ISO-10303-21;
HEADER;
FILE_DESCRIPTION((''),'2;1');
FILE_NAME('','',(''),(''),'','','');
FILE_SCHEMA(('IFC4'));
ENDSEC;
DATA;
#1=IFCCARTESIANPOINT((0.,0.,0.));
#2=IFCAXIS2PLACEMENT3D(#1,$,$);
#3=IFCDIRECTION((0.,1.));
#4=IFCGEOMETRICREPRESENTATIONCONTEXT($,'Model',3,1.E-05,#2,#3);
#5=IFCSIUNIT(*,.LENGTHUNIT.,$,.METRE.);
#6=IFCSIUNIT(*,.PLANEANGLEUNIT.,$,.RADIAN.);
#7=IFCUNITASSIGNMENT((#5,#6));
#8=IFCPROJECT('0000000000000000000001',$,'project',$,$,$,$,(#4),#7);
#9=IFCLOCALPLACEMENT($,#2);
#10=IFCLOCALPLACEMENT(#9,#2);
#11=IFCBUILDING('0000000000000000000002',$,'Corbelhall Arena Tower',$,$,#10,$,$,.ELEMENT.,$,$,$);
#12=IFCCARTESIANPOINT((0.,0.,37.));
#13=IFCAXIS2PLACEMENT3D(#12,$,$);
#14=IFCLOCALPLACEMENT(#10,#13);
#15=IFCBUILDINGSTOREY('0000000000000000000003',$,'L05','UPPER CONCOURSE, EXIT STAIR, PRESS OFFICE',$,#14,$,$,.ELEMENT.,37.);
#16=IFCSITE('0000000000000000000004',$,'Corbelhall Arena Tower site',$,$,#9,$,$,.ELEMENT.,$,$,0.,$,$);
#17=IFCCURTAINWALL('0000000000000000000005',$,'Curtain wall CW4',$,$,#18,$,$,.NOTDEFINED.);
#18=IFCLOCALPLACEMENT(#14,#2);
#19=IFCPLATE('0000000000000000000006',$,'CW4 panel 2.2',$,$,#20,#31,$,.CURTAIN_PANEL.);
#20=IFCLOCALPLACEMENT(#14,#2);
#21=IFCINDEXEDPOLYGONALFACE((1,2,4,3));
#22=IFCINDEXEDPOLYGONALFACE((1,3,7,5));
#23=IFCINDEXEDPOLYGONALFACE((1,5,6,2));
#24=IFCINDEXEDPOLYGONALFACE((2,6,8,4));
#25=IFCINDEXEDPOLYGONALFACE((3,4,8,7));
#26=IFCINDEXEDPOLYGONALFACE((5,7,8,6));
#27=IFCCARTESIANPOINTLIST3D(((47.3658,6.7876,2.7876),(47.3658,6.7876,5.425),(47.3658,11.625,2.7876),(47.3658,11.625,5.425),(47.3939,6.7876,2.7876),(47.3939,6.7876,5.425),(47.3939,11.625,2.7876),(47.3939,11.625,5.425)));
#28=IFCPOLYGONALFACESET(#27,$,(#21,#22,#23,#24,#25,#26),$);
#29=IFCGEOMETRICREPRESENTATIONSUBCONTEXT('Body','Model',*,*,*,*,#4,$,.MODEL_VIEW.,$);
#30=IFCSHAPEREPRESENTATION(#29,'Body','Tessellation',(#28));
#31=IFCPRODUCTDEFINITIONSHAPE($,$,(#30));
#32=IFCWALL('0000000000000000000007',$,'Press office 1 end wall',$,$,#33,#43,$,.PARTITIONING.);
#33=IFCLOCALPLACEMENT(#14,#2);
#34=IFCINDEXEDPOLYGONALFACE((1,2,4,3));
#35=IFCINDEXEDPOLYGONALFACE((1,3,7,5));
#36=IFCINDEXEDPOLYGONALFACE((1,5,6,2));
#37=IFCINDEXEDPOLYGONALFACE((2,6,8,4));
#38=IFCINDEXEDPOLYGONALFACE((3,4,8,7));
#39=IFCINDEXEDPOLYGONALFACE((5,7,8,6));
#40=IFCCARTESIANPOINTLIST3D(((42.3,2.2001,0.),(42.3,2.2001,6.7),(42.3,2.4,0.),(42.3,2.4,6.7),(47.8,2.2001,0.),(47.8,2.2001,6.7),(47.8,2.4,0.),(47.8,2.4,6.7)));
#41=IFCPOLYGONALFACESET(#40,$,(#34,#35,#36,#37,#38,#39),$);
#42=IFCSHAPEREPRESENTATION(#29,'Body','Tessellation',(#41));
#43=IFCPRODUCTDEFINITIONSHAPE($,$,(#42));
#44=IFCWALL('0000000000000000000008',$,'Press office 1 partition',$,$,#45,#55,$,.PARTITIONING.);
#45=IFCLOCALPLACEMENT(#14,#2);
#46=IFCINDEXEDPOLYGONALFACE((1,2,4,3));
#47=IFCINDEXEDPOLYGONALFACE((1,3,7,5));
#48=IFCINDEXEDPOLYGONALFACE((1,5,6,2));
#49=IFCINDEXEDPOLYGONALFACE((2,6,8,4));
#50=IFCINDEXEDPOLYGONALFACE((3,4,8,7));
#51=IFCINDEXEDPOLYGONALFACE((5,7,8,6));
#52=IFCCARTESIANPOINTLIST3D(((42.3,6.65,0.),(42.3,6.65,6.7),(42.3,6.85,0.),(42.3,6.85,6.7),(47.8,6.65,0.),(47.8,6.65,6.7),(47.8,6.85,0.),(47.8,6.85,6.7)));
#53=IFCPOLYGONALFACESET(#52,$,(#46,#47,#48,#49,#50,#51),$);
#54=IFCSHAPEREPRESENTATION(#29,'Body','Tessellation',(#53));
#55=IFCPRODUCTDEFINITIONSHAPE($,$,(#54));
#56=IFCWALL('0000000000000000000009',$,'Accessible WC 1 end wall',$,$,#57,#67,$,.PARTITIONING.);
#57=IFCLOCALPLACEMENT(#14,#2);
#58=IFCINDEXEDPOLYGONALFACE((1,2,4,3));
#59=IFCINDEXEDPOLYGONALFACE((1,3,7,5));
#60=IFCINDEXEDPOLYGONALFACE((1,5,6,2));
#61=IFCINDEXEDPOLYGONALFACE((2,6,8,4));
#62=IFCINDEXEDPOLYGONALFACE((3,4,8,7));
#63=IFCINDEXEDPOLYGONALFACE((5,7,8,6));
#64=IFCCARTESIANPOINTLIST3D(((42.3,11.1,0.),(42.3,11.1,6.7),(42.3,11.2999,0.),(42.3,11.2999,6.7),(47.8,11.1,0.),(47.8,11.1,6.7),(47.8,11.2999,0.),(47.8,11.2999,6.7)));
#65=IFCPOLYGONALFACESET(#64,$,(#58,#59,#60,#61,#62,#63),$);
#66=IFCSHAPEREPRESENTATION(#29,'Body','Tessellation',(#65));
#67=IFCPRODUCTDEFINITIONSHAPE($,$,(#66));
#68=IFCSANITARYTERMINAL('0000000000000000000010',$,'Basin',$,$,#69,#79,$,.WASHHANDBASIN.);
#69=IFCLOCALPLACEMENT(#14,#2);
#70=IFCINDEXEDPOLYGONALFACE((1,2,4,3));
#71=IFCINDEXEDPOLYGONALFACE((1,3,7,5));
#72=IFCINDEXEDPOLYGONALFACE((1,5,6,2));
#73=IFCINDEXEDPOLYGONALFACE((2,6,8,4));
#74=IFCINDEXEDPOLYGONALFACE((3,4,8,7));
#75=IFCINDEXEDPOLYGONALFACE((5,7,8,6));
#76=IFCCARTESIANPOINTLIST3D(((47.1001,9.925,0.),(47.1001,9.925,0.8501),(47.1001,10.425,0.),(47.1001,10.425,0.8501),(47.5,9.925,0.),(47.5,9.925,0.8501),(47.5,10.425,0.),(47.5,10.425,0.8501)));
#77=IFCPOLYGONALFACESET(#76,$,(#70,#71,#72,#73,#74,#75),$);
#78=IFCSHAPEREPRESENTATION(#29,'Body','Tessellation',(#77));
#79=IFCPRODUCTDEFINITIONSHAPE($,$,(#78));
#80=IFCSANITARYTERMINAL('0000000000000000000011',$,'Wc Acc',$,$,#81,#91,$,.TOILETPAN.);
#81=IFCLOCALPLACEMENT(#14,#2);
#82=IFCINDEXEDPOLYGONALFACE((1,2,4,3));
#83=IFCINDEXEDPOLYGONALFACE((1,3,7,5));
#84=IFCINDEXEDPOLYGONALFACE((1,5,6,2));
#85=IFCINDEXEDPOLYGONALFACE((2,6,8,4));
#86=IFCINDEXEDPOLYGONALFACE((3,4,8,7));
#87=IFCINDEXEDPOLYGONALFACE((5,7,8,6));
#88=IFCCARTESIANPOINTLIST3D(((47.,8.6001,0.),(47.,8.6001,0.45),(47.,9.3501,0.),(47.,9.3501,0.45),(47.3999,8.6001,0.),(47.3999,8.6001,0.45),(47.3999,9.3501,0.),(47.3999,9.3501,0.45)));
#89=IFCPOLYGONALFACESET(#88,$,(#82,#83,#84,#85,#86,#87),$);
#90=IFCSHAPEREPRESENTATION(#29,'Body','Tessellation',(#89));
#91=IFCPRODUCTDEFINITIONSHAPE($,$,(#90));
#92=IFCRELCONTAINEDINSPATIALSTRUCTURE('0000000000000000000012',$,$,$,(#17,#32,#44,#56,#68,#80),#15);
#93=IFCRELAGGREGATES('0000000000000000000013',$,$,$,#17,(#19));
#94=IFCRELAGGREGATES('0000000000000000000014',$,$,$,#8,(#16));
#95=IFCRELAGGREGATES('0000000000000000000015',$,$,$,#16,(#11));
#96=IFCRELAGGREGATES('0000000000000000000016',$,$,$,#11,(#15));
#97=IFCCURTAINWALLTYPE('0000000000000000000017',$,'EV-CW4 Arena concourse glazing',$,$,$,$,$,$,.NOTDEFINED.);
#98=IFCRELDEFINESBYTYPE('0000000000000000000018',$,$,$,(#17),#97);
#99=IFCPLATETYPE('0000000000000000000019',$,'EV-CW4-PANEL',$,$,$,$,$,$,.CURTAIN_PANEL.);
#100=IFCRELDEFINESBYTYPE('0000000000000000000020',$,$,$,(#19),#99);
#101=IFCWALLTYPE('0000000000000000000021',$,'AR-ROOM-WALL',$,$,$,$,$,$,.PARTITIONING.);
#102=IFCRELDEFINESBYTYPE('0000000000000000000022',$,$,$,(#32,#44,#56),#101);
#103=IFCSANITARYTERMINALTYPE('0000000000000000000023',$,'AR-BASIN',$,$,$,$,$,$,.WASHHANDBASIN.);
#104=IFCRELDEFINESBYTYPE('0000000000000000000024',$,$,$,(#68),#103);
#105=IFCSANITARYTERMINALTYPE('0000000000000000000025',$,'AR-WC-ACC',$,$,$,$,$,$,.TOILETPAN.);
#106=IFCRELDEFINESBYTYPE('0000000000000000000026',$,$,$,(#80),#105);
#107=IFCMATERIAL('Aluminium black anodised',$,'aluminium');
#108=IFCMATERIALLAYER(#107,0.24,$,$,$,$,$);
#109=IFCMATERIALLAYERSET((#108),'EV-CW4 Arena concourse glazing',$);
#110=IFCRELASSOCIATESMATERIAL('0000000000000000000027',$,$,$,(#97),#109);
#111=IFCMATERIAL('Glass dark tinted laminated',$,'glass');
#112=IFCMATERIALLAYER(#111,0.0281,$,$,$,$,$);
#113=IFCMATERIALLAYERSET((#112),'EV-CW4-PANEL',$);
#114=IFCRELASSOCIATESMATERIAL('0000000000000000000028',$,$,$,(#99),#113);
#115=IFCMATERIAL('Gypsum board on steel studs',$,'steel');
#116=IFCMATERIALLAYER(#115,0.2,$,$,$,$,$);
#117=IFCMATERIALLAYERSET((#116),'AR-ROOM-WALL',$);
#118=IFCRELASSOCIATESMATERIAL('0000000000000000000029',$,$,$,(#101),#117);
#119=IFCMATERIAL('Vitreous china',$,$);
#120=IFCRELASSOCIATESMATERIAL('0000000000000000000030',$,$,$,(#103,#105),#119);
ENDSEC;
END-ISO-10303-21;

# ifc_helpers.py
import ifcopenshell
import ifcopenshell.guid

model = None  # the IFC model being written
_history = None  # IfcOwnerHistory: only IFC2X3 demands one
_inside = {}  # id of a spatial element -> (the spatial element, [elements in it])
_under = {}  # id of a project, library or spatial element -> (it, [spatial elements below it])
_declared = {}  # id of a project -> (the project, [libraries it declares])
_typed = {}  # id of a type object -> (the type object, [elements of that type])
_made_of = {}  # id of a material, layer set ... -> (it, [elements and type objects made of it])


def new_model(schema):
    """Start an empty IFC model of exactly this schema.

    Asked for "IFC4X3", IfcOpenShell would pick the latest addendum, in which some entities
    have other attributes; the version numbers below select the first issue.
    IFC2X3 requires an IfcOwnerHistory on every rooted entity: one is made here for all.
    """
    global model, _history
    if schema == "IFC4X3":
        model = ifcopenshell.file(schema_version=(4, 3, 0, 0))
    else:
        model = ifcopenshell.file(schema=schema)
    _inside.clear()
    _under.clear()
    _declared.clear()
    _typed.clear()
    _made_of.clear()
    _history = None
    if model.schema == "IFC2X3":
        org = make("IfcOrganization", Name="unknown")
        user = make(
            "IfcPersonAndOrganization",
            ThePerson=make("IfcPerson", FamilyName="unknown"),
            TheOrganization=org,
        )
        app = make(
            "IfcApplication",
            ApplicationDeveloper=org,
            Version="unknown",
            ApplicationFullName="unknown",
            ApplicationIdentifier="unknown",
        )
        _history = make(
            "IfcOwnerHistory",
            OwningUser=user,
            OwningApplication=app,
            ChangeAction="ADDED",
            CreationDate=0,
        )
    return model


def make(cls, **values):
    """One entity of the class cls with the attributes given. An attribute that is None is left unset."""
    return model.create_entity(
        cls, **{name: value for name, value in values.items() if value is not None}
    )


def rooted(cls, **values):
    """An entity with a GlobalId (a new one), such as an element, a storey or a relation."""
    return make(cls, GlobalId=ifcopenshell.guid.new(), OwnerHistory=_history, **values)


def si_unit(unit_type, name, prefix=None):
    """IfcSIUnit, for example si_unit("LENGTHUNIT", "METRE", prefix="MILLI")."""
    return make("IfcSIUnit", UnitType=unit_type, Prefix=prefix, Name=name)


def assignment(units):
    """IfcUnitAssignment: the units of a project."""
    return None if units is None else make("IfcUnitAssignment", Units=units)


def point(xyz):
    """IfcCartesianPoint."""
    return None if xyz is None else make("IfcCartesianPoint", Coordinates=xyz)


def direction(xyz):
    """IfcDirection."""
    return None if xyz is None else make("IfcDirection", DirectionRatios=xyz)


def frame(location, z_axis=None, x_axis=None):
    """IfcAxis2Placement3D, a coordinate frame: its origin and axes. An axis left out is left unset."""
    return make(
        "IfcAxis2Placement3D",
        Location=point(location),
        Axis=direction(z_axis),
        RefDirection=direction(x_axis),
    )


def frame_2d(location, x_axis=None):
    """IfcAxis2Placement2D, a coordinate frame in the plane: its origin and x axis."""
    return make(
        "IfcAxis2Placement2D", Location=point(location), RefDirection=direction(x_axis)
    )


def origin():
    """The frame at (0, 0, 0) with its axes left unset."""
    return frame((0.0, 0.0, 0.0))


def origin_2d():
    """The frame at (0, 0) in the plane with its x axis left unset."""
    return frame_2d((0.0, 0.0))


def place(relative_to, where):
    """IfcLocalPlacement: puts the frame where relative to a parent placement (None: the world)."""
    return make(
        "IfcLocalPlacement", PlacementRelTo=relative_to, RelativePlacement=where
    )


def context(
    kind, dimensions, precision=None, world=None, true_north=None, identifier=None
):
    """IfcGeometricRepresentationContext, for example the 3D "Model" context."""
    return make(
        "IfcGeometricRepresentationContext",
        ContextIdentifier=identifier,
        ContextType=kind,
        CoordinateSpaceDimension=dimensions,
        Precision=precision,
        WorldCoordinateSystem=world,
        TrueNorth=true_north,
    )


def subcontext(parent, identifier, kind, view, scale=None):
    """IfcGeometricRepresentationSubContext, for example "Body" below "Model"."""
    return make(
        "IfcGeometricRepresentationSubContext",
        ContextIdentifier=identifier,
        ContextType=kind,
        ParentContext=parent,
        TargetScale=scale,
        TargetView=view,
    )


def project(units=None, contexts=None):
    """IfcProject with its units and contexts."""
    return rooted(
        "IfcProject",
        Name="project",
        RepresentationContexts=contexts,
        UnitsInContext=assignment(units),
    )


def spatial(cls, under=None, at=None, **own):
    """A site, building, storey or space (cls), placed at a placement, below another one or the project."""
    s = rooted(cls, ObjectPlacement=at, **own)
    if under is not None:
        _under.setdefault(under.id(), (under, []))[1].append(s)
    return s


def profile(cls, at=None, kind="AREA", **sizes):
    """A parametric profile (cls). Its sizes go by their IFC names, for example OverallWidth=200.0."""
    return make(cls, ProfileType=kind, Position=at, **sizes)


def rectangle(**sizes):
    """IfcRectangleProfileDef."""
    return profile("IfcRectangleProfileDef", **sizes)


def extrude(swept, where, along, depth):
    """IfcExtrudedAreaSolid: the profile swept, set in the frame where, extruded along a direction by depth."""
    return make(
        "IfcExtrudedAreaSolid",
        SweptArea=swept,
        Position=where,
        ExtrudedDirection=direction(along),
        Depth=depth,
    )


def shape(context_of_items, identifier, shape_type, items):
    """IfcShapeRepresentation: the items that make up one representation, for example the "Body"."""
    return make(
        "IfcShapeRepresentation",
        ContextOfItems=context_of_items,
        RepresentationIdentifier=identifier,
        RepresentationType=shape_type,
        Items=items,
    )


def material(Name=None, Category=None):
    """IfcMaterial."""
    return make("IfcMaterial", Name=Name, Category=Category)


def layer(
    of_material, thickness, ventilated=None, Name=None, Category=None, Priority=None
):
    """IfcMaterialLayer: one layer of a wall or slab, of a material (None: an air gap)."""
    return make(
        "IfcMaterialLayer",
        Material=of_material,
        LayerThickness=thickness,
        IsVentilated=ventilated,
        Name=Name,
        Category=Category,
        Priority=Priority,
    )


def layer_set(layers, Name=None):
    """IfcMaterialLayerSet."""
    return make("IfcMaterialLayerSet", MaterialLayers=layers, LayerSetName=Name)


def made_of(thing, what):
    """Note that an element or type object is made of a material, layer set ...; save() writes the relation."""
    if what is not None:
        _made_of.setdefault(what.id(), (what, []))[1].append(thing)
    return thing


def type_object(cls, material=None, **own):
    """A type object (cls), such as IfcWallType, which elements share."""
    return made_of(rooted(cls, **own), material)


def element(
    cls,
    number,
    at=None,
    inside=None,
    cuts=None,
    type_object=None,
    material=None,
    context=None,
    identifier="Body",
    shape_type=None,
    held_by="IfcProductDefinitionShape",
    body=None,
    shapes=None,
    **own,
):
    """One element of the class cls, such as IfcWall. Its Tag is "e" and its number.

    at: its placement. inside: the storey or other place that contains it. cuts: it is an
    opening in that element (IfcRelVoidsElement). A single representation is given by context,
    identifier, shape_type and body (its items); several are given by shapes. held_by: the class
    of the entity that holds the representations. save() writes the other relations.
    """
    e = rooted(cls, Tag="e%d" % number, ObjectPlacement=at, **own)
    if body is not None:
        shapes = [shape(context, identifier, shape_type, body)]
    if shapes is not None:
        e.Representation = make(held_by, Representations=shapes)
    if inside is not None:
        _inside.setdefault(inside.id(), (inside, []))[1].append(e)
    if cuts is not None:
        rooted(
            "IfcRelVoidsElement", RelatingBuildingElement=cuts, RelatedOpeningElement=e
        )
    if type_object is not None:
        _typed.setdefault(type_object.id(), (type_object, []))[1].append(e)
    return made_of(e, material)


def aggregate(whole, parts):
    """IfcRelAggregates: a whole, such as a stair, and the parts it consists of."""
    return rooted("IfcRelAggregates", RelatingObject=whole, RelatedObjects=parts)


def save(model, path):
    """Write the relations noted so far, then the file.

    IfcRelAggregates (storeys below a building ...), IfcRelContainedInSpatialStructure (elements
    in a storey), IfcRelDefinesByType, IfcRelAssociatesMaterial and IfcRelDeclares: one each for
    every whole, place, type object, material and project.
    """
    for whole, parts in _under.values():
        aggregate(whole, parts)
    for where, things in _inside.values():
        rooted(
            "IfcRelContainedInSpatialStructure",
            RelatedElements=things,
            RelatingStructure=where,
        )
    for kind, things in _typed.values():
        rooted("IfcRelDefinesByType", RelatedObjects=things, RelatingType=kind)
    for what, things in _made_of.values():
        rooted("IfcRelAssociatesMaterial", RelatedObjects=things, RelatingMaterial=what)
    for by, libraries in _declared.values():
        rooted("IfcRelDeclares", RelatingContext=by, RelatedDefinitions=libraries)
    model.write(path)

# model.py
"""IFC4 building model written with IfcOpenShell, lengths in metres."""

from ifc_helpers import new_model, si_unit, direction, frame, frame_2d, origin, origin_2d, place, context, subcontext, project, spatial, rectangle, extrude, material, layer, layer_set, type_object, element, aggregate, save


model = new_model("IFC4")

# Units and contexts
model_context = context("Model", 3, precision=1e-05, world=origin(), true_north=direction((0.0, 1.0)))
body_context = subcontext(model_context, "Body", "Model", "MODEL_VIEW")
ifc_project = project(units=[si_unit("LENGTHUNIT", "METRE"), si_unit("PLANEANGLEUNIT", "RADIAN")], contexts=[model_context])

# Site, building, storey
site_placement = place(None, origin())
site = spatial("IfcSite", under=ifc_project, at=site_placement, Name="Corbelhall Arena Tower site", CompositionType="ELEMENT", RefElevation=0.0)
building_placement = place(site_placement, origin())
building = spatial("IfcBuilding", under=site, at=building_placement, Name="Corbelhall Arena Tower", CompositionType="ELEMENT")
storey_placement = place(building_placement, frame((0.0, 0.0, 37.0)))
storey = spatial("IfcBuildingStorey", under=building, at=storey_placement, Name="L05", Description="UPPER CONCOURSE, EXIT STAIR, PRESS OFFICE", CompositionType="ELEMENT", Elevation=37.0)

# Curtain wall, plate
ifc_material_1 = material(Name="Aluminium black anodised", Category="aluminium")
ifc_layer_1 = layer(ifc_material_1, 0.24)
ifc_layer_set_1 = layer_set([ifc_layer_1], Name="EV-CW4 Arena concourse glazing")
curtain_wall_type = type_object("IfcCurtainWallType", Name="EV-CW4 Arena concourse glazing", PredefinedType="NOTDEFINED", material=ifc_layer_set_1)
curtain_wall_placement = place(storey_placement, origin())
curtain_wall = element("IfcCurtainWall", 1, at=curtain_wall_placement, inside=storey, type_object=curtain_wall_type, Name="Curtain wall CW4", PredefinedType="NOTDEFINED")
ifc_material_2 = material(Name="Glass dark tinted laminated", Category="glass")
ifc_layer_2 = layer(ifc_material_2, 0.0281)
ifc_layer_set_2 = layer_set([ifc_layer_2], Name="EV-CW4-PANEL")
plate_type = type_object("IfcPlateType", Name="EV-CW4-PANEL", PredefinedType="CURTAIN_PANEL", material=ifc_layer_set_2)
plate_1_placement = place(storey_placement, frame((47.3799, 9.2063, 2.7876), z_axis=(0.0, 0.0, 1.0), x_axis=(0.0, 1.0, 0.0)))
plate_1 = element("IfcPlate", 2, at=plate_1_placement, type_object=plate_type, Name="CW4 panel 2.2", PredefinedType="CURTAIN_PANEL", context=body_context, shape_type="SweptSolid", body=[
    extrude(rectangle(XDim=4.8374, YDim=0.0281, at=origin_2d()), origin(), (0.0, 0.0, 1.0), 2.6375),
])
aggregate(curtain_wall, [plate_1])

# Shared definitions
ifc_material_3 = material(Name="Gypsum board on steel studs", Category="steel")
ifc_layer_3 = layer(ifc_material_3, 0.2)
ifc_layer_set_3 = layer_set([ifc_layer_3], Name="AR-ROOM-WALL")
wall_type = type_object("IfcWallType", Name="AR-ROOM-WALL", PredefinedType="PARTITIONING", material=ifc_layer_set_3)

# Walls
for number, where, z_axis, x_axis, name in (
    (3, (42.3, 2.3, 0.0), (0.0, 0.0, 1.0), (1.0, 0.0, 0.0), "Press office 1 end wall"),
    (4, (42.3, 6.75, 0.0), (0.0, 0.0, 1.0), (1.0, 0.0, 0.0), "Press office 1 partition"),
):
    element("IfcWall", number, at=place(storey_placement, frame(where, z_axis=z_axis, x_axis=x_axis)), inside=storey, type_object=wall_type, Name=name, PredefinedType="PARTITIONING", context=body_context, shape_type="SweptSolid", body=[
        extrude(rectangle(XDim=5.5, YDim=0.2, at=frame_2d((2.75, 0.0))), origin(), (0.0, 0.0, 1.0), 6.7),
    ])

# Wall
wall_1_placement = place(storey_placement, frame((42.3, 11.2, 0.0), z_axis=(0.0, 0.0, 1.0), x_axis=(1.0, 0.0, 0.0)))
element("IfcWall", 5, at=wall_1_placement, inside=storey, type_object=wall_type, Name="Accessible WC 1 end wall", PredefinedType="PARTITIONING", context=body_context, shape_type="SweptSolid", body=[
    extrude(rectangle(XDim=5.5, YDim=0.2, at=frame_2d((2.75, 0.0))), origin(), (0.0, 0.0, 1.0), 6.7),
])

# Sanitary terminals
ifc_material_4 = material(Name="Vitreous china")
sanitary_terminal_type_1 = type_object("IfcSanitaryTerminalType", Name="AR-BASIN", PredefinedType="WASHHANDBASIN", material=ifc_material_4)
sanitary_terminal_1_placement = place(storey_placement, frame((47.3, 10.175, 0.0), z_axis=(0.0, 0.0, 1.0), x_axis=(1.0, 0.0, 0.0)))
element("IfcSanitaryTerminal", 6, at=sanitary_terminal_1_placement, inside=storey, type_object=sanitary_terminal_type_1, Name="Basin", PredefinedType="WASHHANDBASIN", context=body_context, shape_type="SweptSolid", body=[
    extrude(rectangle(XDim=0.3999, YDim=0.5, at=origin_2d()), origin(), (0.0, 0.0, 1.0), 0.8501),
])
sanitary_terminal_type_2 = type_object("IfcSanitaryTerminalType", Name="AR-WC-ACC", PredefinedType="TOILETPAN", material=ifc_material_4)
sanitary_terminal_2_placement = place(storey_placement, frame((47.2, 8.9751, 0.0), z_axis=(0.0, 0.0, 1.0), x_axis=(1.0, 0.0, 0.0)))
element("IfcSanitaryTerminal", 7, at=sanitary_terminal_2_placement, inside=storey, type_object=sanitary_terminal_type_2, Name="Wc Acc", PredefinedType="TOILETPAN", context=body_context, shape_type="SweptSolid", body=[
    extrude(rectangle(XDim=0.3999, YDim=0.75, at=origin_2d()), origin(), (0.0, 0.0, 1.0), 0.45),
])

save(model, "model.ifc")
